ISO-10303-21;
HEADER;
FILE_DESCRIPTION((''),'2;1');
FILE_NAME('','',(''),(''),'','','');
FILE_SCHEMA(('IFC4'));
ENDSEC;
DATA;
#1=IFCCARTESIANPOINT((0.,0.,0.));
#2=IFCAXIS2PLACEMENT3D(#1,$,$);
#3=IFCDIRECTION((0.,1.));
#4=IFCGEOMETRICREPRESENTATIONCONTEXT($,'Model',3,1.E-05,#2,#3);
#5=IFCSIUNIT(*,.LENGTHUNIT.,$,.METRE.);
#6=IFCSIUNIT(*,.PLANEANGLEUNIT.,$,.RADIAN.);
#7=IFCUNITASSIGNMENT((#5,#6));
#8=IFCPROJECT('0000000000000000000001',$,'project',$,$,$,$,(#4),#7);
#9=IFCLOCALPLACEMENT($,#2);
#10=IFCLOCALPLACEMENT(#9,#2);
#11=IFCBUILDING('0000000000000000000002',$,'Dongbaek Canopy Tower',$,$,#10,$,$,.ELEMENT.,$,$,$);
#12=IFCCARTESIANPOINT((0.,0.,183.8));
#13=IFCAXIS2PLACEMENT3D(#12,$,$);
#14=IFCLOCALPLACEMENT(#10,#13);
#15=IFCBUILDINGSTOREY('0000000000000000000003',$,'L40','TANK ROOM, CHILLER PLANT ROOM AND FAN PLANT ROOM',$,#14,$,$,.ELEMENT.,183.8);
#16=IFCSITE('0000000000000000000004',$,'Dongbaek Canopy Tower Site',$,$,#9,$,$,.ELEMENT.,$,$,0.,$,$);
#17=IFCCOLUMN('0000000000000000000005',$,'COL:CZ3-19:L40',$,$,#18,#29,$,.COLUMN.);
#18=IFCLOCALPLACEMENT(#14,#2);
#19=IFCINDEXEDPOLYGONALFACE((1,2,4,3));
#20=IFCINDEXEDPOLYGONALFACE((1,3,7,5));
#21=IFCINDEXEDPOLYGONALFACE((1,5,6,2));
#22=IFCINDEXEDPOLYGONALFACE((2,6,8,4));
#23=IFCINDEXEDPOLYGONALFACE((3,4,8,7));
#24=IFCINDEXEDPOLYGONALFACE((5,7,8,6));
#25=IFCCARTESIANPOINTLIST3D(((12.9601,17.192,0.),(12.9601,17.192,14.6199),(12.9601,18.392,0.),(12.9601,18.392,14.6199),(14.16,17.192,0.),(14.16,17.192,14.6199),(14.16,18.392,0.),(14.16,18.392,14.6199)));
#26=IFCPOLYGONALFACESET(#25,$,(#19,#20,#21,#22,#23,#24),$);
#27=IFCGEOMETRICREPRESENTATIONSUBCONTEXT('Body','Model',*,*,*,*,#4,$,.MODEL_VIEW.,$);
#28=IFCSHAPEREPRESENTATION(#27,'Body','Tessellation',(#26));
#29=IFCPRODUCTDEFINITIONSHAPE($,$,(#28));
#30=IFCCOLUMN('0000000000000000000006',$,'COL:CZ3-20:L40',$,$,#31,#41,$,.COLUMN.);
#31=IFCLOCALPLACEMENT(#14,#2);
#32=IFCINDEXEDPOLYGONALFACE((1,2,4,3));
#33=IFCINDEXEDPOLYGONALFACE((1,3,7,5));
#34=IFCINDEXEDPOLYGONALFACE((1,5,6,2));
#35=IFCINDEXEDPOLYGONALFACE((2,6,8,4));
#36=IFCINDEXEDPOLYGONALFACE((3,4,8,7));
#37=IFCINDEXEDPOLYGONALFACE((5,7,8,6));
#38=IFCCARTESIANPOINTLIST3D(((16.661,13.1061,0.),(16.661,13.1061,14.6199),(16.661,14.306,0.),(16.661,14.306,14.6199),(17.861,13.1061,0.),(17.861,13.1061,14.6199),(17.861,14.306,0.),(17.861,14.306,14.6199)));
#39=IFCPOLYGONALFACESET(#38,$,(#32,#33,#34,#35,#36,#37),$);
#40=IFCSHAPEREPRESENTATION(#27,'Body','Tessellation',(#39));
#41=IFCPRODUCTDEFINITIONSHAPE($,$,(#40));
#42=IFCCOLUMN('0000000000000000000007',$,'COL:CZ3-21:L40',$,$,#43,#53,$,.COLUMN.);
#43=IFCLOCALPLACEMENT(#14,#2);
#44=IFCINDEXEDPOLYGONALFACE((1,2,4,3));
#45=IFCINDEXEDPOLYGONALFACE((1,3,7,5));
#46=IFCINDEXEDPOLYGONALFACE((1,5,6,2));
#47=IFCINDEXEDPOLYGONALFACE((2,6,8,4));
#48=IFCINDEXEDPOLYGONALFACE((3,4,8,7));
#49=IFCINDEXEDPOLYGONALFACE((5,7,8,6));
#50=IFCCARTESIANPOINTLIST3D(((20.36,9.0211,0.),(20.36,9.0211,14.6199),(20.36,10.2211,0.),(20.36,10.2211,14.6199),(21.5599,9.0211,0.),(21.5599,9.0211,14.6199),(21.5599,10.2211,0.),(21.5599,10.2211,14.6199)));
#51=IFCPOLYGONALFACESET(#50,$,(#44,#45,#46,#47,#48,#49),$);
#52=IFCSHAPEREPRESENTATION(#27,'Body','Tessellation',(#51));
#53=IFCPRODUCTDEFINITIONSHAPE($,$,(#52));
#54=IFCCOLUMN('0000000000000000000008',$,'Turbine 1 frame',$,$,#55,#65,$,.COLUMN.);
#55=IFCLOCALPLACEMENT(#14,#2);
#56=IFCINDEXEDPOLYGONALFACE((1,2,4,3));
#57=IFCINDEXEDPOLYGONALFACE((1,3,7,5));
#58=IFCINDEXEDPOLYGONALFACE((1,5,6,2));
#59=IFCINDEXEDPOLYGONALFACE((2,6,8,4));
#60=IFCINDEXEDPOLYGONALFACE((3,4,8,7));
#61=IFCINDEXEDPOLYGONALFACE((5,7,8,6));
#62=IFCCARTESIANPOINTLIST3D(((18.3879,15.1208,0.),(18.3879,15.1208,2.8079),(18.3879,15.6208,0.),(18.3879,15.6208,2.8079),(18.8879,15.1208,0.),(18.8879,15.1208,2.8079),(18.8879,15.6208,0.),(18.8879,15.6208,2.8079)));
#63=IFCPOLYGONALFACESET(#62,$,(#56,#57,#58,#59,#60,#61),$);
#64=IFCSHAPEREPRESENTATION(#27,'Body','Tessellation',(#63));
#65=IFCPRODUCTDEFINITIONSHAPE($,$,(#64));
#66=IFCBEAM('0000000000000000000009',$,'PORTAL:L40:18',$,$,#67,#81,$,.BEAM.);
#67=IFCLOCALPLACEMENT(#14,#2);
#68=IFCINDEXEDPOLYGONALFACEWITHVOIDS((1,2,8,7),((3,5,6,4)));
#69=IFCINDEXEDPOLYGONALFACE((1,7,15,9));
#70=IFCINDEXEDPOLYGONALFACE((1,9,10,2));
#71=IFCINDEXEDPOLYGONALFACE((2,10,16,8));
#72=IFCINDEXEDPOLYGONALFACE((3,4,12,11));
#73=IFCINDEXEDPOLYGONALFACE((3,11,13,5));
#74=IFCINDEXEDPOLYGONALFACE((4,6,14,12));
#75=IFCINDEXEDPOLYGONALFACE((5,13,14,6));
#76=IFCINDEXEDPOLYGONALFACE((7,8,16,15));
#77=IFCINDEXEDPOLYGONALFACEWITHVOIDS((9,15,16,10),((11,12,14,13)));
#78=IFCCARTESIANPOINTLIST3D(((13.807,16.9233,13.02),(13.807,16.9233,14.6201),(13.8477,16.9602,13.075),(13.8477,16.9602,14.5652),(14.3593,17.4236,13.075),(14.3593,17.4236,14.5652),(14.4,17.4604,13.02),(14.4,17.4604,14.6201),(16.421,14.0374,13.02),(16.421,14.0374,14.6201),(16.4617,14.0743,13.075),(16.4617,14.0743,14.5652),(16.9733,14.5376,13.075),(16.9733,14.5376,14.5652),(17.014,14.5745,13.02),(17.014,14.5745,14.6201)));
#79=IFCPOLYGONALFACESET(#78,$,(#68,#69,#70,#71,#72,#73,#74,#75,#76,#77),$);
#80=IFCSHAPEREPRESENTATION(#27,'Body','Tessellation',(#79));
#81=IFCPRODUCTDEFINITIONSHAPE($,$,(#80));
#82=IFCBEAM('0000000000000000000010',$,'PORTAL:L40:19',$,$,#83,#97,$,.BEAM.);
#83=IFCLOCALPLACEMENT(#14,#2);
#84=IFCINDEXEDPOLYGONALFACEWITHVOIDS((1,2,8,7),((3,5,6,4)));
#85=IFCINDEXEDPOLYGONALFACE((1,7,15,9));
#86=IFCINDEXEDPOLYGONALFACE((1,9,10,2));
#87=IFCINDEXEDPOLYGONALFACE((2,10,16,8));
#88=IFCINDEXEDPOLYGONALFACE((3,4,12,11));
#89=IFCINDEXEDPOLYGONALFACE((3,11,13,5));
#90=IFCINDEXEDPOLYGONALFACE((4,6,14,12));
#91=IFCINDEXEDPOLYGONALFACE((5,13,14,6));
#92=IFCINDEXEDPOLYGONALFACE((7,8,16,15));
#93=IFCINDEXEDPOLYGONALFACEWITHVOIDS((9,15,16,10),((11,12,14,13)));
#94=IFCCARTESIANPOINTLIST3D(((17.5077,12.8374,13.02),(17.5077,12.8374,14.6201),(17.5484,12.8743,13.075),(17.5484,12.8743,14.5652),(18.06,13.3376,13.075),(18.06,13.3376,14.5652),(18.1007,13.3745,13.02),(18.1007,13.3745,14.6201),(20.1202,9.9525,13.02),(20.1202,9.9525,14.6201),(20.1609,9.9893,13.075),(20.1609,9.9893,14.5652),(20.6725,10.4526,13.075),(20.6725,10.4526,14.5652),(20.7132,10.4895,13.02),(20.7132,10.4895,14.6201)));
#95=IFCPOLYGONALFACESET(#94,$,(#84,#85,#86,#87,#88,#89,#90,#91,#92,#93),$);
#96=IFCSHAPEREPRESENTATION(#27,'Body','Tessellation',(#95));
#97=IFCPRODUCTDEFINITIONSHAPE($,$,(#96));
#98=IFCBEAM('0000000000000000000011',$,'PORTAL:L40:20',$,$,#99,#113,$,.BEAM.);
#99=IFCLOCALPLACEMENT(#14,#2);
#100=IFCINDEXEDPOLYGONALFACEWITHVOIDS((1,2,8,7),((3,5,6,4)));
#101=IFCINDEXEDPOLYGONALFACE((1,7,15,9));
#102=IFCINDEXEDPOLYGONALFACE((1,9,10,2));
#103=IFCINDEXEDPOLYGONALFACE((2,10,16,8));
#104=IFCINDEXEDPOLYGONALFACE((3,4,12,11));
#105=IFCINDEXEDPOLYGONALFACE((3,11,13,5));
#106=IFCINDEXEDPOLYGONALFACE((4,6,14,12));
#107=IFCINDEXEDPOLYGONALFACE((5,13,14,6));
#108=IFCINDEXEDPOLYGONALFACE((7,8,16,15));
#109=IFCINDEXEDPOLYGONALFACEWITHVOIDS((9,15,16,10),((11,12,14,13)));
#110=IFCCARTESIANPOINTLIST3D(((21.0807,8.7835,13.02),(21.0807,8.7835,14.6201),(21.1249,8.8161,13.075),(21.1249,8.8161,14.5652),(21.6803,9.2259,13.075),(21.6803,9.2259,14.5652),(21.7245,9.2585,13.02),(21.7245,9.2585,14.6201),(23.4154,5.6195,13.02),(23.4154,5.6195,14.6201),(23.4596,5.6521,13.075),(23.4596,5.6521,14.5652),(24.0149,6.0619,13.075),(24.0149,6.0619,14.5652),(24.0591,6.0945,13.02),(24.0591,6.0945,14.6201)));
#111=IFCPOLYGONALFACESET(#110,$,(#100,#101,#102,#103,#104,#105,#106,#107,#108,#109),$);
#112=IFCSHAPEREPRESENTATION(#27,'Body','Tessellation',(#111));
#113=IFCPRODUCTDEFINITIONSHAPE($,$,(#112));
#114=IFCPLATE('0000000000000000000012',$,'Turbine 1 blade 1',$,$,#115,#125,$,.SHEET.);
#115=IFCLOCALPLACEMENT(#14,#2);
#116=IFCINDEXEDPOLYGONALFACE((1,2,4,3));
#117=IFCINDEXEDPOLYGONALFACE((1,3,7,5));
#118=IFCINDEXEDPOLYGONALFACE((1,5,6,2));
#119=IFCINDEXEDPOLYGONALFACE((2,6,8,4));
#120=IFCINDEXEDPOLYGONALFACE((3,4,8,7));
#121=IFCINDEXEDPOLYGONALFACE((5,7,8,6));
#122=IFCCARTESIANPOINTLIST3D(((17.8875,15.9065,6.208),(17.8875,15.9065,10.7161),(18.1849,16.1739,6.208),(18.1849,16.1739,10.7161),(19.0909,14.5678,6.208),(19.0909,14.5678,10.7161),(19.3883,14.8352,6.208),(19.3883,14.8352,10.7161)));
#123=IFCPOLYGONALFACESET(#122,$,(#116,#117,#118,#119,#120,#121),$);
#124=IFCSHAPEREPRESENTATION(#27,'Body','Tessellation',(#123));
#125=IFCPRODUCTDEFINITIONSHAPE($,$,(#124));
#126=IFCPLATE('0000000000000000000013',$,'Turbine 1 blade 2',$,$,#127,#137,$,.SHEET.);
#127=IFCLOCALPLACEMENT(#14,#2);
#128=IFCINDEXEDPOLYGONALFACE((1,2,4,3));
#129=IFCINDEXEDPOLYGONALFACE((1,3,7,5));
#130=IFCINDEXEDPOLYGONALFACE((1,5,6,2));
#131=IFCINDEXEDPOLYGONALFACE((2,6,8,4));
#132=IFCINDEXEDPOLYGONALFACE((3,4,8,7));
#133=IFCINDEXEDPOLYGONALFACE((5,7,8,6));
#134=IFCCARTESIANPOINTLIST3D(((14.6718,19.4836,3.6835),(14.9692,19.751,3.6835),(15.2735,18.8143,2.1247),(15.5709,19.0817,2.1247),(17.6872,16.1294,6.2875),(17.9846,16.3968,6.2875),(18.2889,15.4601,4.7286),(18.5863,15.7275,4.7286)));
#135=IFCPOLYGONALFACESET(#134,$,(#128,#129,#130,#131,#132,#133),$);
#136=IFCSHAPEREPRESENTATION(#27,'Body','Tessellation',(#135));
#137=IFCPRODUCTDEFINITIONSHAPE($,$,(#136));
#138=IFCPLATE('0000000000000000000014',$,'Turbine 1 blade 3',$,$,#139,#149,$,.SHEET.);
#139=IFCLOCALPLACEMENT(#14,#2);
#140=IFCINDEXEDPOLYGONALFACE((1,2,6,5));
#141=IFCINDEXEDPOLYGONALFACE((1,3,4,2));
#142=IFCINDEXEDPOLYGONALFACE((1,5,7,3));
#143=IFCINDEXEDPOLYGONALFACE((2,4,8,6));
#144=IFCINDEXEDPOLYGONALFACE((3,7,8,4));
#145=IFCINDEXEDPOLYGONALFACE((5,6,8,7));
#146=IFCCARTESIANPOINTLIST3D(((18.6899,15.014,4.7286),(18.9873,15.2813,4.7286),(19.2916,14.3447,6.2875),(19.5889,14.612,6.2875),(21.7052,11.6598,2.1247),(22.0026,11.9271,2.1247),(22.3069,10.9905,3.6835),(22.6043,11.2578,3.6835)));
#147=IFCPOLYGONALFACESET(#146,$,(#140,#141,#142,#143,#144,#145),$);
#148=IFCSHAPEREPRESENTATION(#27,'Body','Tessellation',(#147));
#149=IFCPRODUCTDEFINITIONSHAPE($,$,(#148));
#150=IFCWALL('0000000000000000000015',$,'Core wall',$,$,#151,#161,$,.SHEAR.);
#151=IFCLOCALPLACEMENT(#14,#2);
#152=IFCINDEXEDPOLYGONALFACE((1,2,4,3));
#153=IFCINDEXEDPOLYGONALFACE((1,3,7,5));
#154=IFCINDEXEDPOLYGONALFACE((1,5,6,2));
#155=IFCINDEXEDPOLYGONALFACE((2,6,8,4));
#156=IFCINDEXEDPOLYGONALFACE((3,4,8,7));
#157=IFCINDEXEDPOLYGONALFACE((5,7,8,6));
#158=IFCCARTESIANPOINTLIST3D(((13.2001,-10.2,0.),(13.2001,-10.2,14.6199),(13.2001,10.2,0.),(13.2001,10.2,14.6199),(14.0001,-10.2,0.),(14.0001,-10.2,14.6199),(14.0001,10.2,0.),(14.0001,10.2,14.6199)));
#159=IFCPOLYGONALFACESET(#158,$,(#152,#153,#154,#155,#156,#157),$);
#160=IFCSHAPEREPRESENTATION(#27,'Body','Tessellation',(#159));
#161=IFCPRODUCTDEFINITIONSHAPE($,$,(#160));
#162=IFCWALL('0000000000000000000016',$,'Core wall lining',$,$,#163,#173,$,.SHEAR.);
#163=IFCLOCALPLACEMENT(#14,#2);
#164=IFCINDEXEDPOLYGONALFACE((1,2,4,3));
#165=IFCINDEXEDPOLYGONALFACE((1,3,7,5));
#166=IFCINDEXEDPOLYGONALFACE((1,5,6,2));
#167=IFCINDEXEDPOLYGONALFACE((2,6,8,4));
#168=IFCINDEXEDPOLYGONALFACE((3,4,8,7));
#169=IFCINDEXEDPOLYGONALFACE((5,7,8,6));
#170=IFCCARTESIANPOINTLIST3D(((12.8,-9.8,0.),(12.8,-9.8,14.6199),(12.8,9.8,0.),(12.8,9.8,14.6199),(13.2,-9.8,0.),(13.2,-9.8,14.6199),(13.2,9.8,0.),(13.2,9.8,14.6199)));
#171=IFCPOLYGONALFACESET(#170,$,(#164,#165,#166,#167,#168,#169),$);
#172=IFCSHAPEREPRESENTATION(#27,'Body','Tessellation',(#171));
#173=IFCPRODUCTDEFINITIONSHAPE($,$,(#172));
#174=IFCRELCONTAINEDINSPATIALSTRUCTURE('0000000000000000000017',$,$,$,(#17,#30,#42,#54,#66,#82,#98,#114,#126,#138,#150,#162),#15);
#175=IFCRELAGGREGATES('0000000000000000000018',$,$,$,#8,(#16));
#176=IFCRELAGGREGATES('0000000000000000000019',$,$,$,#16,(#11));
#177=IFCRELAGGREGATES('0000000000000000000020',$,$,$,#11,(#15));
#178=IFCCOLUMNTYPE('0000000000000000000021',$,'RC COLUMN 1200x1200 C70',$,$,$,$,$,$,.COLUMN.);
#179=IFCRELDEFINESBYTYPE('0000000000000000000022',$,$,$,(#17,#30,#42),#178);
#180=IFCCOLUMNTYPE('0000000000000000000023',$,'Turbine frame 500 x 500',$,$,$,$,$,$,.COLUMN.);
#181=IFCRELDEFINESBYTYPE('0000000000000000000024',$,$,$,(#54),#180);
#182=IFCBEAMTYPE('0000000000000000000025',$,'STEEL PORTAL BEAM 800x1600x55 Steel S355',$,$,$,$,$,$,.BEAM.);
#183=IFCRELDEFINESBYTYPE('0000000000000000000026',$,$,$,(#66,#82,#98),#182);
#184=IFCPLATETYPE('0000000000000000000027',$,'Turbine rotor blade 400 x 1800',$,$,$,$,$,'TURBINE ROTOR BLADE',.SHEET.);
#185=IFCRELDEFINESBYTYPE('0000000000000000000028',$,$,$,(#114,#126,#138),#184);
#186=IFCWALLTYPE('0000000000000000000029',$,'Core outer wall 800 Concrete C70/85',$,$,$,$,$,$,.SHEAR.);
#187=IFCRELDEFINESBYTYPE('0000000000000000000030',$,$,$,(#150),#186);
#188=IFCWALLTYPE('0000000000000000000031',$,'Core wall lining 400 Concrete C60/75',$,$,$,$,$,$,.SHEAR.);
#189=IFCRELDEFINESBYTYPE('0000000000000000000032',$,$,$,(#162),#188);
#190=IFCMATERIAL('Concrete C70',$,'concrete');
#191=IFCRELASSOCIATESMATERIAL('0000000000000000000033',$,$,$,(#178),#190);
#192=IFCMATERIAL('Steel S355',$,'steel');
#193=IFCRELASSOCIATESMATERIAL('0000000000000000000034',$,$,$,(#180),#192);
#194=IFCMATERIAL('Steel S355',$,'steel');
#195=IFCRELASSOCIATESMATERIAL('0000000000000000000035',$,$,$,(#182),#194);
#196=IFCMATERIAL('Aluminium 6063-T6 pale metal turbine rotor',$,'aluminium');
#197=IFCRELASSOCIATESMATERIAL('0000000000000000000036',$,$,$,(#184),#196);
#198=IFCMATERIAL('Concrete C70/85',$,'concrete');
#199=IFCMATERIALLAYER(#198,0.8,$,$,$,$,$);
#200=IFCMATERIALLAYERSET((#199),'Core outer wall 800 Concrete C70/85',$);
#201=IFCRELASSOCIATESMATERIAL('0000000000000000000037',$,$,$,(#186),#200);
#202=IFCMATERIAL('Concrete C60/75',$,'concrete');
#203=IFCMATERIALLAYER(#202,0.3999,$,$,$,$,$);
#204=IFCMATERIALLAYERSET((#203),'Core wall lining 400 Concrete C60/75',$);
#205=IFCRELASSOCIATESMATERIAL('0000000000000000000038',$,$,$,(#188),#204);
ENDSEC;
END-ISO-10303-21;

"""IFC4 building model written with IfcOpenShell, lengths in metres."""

from ifc_helpers import new_model, si_unit, direction, frame, frame_2d, origin, origin_2d, place, context, subcontext, project, spatial, rectangle, hollow_rectangle, extrude, material, layer, layer_set, material_profile, profile_set, type_object, element, save


model = new_model("IFC4")

# Units and contexts
model_context = context("Model", 3, precision=1e-05, world=origin(), true_north=direction((0.0, 1.0)))
body_context = subcontext(model_context, "Body", "Model", "MODEL_VIEW")
ifc_project = project(units=[si_unit("LENGTHUNIT", "METRE"), si_unit("PLANEANGLEUNIT", "RADIAN")], contexts=[model_context])

# Site, building, storey
site_placement = place(None, origin())
site = spatial("IfcSite", under=ifc_project, at=site_placement, Name="Dongbaek Canopy Tower Site", CompositionType="ELEMENT", RefElevation=0.0)
building_placement = place(site_placement, origin())
building = spatial("IfcBuilding", under=site, at=building_placement, Name="Dongbaek Canopy Tower", CompositionType="ELEMENT")
storey_placement = place(building_placement, frame((0.0, 0.0, 183.8)))
storey = spatial("IfcBuildingStorey", under=building, at=storey_placement, Name="L40", Description="TANK ROOM, CHILLER PLANT ROOM AND FAN PLANT ROOM", CompositionType="ELEMENT", Elevation=183.8)

# Columns
ifc_material_1 = material(Name="Concrete C70", Category="concrete")
ifc_material_profile_1 = material_profile(ifc_material_1, rectangle(XDim=1.2, YDim=1.2, at=origin_2d()), Name="RC COLUMN 1200x1200 C70")
ifc_profile_set_1 = profile_set([ifc_material_profile_1], Name="Concrete C70")
column_type_1 = type_object("IfcColumnType", Name="RC COLUMN 1200x1200 C70", PredefinedType="COLUMN", material=ifc_profile_set_1)
for number, where, z_axis, x_axis, name in (
    (1, (13.5601, 17.792, 0.0), (0.0, 0.0, 1.0), (1.0, 0.0, 0.0), "COL:CZ3-19:L40"),
    (2, (17.261, 13.7061, 0.0), (0.0, 0.0, 1.0), (1.0, 0.0, 0.0), "COL:CZ3-20:L40"),
    (3, (20.96, 9.6211, 0.0), (0.0, 0.0, 1.0), (1.0, 0.0, 0.0), "COL:CZ3-21:L40"),
):
    element("IfcColumn", number, at=place(storey_placement, frame(where, z_axis=z_axis, x_axis=x_axis)), inside=storey, type_object=column_type_1, Name=name, PredefinedType="COLUMN", context=body_context, shape_type="SweptSolid", body=[
        extrude(rectangle(XDim=1.2, YDim=1.2, at=origin_2d()), origin(), (0.0, 0.0, 1.0), 14.6199),
    ])
ifc_material_2 = material(Name="Steel S355", Category="steel")
ifc_material_profile_2 = material_profile(ifc_material_2, rectangle(XDim=0.5, YDim=0.5, at=origin_2d()), Name="Turbine frame 500 x 500")
ifc_profile_set_2 = profile_set([ifc_material_profile_2], Name="Steel S355")
column_type_2 = type_object("IfcColumnType", Name="Turbine frame 500 x 500", PredefinedType="COLUMN", material=ifc_profile_set_2)
column_placement = place(storey_placement, frame((18.6379, 15.3708, 0.0), z_axis=(0.0, 0.0, 1.0), x_axis=(1.0, 0.0, 0.0)))
element("IfcColumn", 4, at=column_placement, inside=storey, type_object=column_type_2, Name="Turbine 1 frame", PredefinedType="COLUMN", context=body_context, shape_type="SweptSolid", body=[
    extrude(rectangle(XDim=0.5, YDim=0.5, at=origin_2d()), origin(), (0.0, 0.0, 1.0), 2.8079),
])

# Beams
ifc_material_3 = material(Name="Steel S355", Category="steel")
ifc_material_profile_3 = material_profile(ifc_material_3, hollow_rectangle(XDim=0.8, YDim=1.6001, WallThickness=0.0549, at=origin_2d()), Name="STEEL PORTAL BEAM 800x1600x55 Steel S355")
ifc_profile_set_3 = profile_set([ifc_material_profile_3], Name="Steel S355")
beam_type = type_object("IfcBeamType", Name="STEEL PORTAL BEAM 800x1600x55 Steel S355", PredefinedType="BEAM", material=ifc_profile_set_3)
beam_1_placement = place(storey_placement, frame((14.1035, 17.1919, 13.8201), z_axis=(0.67132, -0.741167, 0.0), x_axis=(0.741167, 0.67132, 0.0)))
element("IfcBeam", 5, at=beam_1_placement, inside=storey, type_object=beam_type, Name="PORTAL:L40:18", PredefinedType="BEAM", context=body_context, shape_type="SweptSolid", body=[
    extrude(hollow_rectangle(XDim=0.8, YDim=1.6001, WallThickness=0.0549, at=origin_2d()), origin(), (0.0, 0.0, 1.0), 3.8938),
])
beam_2_placement = place(storey_placement, frame((17.8042, 13.106, 13.8201), z_axis=(0.671238, -0.741241, 0.0), x_axis=(0.741241, 0.671238, 0.0)))
element("IfcBeam", 6, at=beam_2_placement, inside=storey, type_object=beam_type, Name="PORTAL:L40:19", PredefinedType="BEAM", context=body_context, shape_type="SweptSolid", body=[
    extrude(hollow_rectangle(XDim=0.8, YDim=1.6001, WallThickness=0.0549, at=origin_2d()), origin(), (0.0, 0.0, 1.0), 3.8921),
])
beam_3_placement = place(storey_placement, frame((21.4026, 9.021, 13.8201), z_axis=(0.593743, -0.804655, 0.0), x_axis=(0.804655, 0.593743, 0.0)))
element("IfcBeam", 7, at=beam_3_placement, inside=storey, type_object=beam_type, Name="PORTAL:L40:20", PredefinedType="BEAM", context=body_context, shape_type="SweptSolid", body=[
    extrude(hollow_rectangle(XDim=0.8, YDim=1.6001, WallThickness=0.0549, at=origin_2d()), origin(), (0.0, 0.0, 1.0), 3.9321),
])

# Plates
ifc_material_4 = material(Name="Aluminium 6063-T6 pale metal turbine rotor", Category="aluminium")
ifc_material_profile_4 = material_profile(ifc_material_4, rectangle(XDim=0.3999, YDim=1.8, at=origin_2d()), Name="Turbine rotor blade 400 x 1800")
ifc_profile_set_4 = profile_set([ifc_material_profile_4], Name="Aluminium 6063-T6 pale metal turbine rotor")
plate_type = type_object("IfcPlateType", Name="Turbine rotor blade 400 x 1800", ElementType="TURBINE ROTOR BLADE", PredefinedType="SHEET", material=ifc_profile_set_4)
plate_placement = place(storey_placement, frame((18.6379, 15.3708, 6.208), z_axis=(0.0, 0.0, 1.0), x_axis=(0.74368, 0.668536, 0.0)))
element("IfcPlate", 8, at=plate_placement, inside=storey, type_object=plate_type, Name="Turbine 1 blade 1", PredefinedType="SHEET", context=body_context, shape_type="SweptSolid", body=[
    extrude(rectangle(XDim=0.3999, YDim=1.8, at=origin_2d()), origin(), (0.0, 0.0, 1.0), 4.5081),
])
for number, where, z_axis, x_axis, name in (
    (9, (18.1367, 15.9285, 5.5081), (-0.578979, 0.644044, -0.499991), (-0.743674, -0.668543, 0.0), "Turbine 1 blade 2"),
    (10, (19.1394, 14.813, 5.5081), (0.578979, -0.644044, -0.499991), (0.743674, 0.668543, 0.0), "Turbine 1 blade 3"),
):
    element("IfcPlate", number, at=place(storey_placement, frame(where, z_axis=z_axis, x_axis=x_axis)), inside=storey, type_object=plate_type, Name=name, PredefinedType="SHEET", context=body_context, shape_type="SweptSolid", body=[
        extrude(rectangle(XDim=0.3999, YDim=1.8, at=origin_2d()), origin(), (0.0, 0.0, 1.0), 5.208),
    ])

# Walls
ifc_material_5 = material(Name="Concrete C70/85", Category="concrete")
ifc_layer_1 = layer(ifc_material_5, 0.8)
ifc_layer_set_1 = layer_set([ifc_layer_1], Name="Core outer wall 800 Concrete C70/85")
wall_type_1 = type_object("IfcWallType", Name="Core outer wall 800 Concrete C70/85", PredefinedType="SHEAR", material=ifc_layer_set_1)
wall_1_placement = place(storey_placement, frame((13.6001, 10.2, 0.0), z_axis=(0.0, 0.0, 1.0), x_axis=(0.0, -1.0, 0.0)))
element("IfcWall", 11, at=wall_1_placement, inside=storey, type_object=wall_type_1, Name="Core wall", PredefinedType="SHEAR", context=body_context, shape_type="SweptSolid", body=[
    extrude(rectangle(XDim=20.3999, YDim=0.8, at=frame_2d((10.2, 0.0))), origin(), (0.0, 0.0, 1.0), 14.6199),
])
ifc_material_6 = material(Name="Concrete C60/75", Category="concrete")
ifc_layer_2 = layer(ifc_material_6, 0.3999)
ifc_layer_set_2 = layer_set([ifc_layer_2], Name="Core wall lining 400 Concrete C60/75")
wall_type_2 = type_object("IfcWallType", Name="Core wall lining 400 Concrete C60/75", PredefinedType="SHEAR", material=ifc_layer_set_2)
wall_2_placement = place(storey_placement, frame((13.0, 9.8, 0.0), z_axis=(0.0, 0.0, 1.0), x_axis=(0.0, -1.0, 0.0)))
element("IfcWall", 12, at=wall_2_placement, inside=storey, type_object=wall_type_2, Name="Core wall lining", PredefinedType="SHEAR", context=body_context, shape_type="SweptSolid", body=[
    extrude(rectangle(XDim=19.6001, YDim=0.3999, at=frame_2d((9.8, 0.0))), origin(), (0.0, 0.0, 1.0), 14.6199),
])

save(model, "model.ifc")
